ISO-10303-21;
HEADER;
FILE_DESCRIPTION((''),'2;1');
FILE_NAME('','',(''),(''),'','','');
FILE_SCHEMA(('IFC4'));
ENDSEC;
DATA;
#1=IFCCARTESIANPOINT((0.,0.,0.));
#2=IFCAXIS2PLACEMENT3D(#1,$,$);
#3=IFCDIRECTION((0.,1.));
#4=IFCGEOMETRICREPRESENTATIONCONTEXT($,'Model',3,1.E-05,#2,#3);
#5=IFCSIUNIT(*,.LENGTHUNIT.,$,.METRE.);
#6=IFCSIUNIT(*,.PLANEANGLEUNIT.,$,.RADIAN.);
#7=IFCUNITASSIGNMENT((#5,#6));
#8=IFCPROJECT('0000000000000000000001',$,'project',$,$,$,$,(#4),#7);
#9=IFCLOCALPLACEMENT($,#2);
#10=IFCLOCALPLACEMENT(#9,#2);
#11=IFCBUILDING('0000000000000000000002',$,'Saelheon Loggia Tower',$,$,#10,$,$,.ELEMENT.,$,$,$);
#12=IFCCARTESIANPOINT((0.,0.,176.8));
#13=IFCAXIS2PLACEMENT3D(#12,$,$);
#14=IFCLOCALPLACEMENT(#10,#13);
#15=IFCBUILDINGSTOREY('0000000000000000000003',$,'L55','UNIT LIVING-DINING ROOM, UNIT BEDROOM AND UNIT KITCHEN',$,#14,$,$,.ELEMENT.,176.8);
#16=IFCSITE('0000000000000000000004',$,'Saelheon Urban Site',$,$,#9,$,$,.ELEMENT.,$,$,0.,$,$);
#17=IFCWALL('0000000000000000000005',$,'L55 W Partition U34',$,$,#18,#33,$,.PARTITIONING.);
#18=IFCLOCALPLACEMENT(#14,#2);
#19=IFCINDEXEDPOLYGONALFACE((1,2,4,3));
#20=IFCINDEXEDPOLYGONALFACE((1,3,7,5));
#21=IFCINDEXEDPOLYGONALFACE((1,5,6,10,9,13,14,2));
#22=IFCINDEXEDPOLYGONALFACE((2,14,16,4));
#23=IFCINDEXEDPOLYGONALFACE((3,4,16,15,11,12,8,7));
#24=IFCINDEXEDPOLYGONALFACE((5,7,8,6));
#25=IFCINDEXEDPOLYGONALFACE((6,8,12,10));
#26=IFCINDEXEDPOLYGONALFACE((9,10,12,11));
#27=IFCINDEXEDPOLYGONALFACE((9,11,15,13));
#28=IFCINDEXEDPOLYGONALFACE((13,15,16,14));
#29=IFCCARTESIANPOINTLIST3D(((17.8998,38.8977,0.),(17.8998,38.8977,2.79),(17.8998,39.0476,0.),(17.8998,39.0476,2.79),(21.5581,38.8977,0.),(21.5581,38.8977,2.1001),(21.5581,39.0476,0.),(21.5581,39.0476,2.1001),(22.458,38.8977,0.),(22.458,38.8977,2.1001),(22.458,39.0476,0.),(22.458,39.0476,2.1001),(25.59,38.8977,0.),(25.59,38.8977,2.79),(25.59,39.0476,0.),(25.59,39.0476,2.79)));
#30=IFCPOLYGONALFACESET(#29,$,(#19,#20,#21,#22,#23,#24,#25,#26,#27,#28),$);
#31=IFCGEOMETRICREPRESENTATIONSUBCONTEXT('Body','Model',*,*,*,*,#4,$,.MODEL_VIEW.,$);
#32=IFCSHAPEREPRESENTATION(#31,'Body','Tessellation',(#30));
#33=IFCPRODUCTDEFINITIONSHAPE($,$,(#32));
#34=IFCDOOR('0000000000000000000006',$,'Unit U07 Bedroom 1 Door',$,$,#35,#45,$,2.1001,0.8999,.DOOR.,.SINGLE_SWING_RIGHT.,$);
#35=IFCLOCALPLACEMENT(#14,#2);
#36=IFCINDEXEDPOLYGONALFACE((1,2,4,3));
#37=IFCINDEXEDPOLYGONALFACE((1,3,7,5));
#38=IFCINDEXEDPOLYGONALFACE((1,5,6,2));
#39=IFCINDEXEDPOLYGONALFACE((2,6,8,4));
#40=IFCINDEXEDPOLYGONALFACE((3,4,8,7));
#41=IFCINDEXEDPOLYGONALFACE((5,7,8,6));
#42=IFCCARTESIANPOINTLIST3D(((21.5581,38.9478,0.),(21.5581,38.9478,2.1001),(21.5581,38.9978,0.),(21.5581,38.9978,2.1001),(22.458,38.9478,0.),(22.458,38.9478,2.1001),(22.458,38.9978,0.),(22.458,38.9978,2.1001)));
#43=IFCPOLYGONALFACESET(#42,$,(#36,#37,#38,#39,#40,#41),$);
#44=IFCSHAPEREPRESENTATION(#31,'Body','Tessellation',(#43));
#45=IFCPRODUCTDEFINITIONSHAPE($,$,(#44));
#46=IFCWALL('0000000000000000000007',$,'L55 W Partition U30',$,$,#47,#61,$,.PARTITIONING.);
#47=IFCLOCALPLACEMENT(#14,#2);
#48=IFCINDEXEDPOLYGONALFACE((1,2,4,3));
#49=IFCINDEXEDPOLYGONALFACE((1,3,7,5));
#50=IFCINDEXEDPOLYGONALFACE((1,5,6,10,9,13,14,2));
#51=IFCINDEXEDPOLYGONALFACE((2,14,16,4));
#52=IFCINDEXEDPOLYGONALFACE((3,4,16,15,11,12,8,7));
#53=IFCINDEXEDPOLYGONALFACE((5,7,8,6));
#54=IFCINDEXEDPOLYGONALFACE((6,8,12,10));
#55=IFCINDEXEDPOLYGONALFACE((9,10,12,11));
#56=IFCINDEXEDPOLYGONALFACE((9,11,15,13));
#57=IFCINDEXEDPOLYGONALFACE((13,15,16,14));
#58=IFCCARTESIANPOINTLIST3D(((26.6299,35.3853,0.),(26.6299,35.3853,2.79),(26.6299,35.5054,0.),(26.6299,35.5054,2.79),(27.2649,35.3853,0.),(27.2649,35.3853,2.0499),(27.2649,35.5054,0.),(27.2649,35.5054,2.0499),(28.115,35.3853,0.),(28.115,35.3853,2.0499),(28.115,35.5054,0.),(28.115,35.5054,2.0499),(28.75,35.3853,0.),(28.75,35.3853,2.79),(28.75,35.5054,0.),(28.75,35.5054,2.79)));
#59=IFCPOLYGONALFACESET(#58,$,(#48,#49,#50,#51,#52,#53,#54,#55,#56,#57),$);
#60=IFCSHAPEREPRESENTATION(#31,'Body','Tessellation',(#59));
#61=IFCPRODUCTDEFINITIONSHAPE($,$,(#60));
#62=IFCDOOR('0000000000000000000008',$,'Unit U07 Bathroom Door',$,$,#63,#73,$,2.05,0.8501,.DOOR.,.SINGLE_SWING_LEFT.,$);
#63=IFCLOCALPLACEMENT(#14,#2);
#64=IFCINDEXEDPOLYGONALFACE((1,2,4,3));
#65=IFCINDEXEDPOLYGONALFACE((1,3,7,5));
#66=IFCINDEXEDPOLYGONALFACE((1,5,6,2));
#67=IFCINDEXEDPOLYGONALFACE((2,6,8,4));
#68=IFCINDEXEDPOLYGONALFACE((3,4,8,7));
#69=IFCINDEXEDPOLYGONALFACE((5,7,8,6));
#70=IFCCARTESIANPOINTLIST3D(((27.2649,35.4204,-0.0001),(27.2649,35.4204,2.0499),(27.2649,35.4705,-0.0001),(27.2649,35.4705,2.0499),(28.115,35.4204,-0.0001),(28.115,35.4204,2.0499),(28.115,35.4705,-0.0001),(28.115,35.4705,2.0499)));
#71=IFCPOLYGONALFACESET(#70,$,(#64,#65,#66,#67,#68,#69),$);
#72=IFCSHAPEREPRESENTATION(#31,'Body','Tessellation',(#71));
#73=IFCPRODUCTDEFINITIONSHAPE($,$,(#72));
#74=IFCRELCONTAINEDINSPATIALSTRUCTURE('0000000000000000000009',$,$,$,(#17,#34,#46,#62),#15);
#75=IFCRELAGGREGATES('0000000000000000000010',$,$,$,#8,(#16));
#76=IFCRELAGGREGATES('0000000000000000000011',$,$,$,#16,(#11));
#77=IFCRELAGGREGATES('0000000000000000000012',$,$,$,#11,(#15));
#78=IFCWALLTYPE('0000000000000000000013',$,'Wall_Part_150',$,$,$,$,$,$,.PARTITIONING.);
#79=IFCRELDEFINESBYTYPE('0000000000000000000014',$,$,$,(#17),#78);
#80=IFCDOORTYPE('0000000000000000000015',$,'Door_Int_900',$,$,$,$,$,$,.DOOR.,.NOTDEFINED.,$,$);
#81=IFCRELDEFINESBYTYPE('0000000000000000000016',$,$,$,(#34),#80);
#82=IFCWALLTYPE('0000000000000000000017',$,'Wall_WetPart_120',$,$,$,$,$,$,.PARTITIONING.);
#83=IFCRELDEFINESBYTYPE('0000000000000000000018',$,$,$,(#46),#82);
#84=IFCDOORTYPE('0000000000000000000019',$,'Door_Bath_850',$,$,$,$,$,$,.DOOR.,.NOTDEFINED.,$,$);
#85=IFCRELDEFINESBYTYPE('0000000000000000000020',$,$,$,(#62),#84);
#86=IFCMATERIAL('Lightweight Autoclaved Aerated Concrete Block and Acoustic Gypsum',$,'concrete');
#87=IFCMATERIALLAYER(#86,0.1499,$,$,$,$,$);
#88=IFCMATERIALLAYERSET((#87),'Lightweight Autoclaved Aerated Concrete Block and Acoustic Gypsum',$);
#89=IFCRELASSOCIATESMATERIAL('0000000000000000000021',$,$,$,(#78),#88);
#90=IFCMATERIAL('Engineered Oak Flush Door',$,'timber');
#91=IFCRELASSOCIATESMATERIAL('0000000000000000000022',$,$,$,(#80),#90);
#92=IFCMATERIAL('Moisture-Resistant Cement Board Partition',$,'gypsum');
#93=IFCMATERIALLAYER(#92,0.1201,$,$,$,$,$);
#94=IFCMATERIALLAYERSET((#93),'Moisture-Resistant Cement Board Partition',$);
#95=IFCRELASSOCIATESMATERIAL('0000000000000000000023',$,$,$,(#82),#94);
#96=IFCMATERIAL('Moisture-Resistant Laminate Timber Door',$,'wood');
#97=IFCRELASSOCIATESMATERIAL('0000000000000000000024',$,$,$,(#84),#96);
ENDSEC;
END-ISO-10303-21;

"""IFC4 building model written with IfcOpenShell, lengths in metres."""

from ifc_helpers import new_model, si_unit, direction, frame, frame_2d, origin, place, context, subcontext, project, spatial, rectangle, extrude, source, transform, mapped, material, layer, layer_set, type_object, element, fill, save


model = new_model("IFC4")

# Units and contexts
model_context = context("Model", 3, precision=1e-05, world=origin(), true_north=direction((0.0, 1.0)))
body_context = subcontext(model_context, "Body", "Model", "MODEL_VIEW")
ifc_project = project(units=[si_unit("LENGTHUNIT", "METRE"), si_unit("PLANEANGLEUNIT", "RADIAN")], contexts=[model_context])

# Site, building, storey
site_placement = place(None, origin())
site = spatial("IfcSite", under=ifc_project, at=site_placement, Name="Saelheon Urban Site", CompositionType="ELEMENT", RefElevation=0.0)
building_placement = place(site_placement, origin())
building = spatial("IfcBuilding", under=site, at=building_placement, Name="Saelheon Loggia Tower", CompositionType="ELEMENT")
storey_placement = place(building_placement, frame((0.0, 0.0, 176.8)))
storey = spatial("IfcBuildingStorey", under=building, at=storey_placement, Name="L55", Description="UNIT LIVING-DINING ROOM, UNIT BEDROOM AND UNIT KITCHEN", CompositionType="ELEMENT", Elevation=176.8)

# Shared definitions
ifc_material_1 = material(Name="Lightweight Autoclaved Aerated Concrete Block and Acoustic Gypsum", Category="concrete")
ifc_layer_1 = layer(ifc_material_1, 0.1499)
ifc_layer_set_1 = layer_set([ifc_layer_1], Name="Lightweight Autoclaved Aerated Concrete Block and Acoustic Gypsum")
wall_type_1 = type_object("IfcWallType", Name="Wall_Part_150", PredefinedType="PARTITIONING", material=ifc_layer_set_1)

# Walls, openings, doors
wall_1_placement = place(storey_placement, frame((25.5901, 38.9727, 0.0), z_axis=(0.0, 0.0, 1.0), x_axis=(-1.0, 0.0, 0.0)))
wall_1 = element("IfcWall", 1, at=wall_1_placement, inside=storey, type_object=wall_type_1, Name="L55 W Partition U34", PredefinedType="PARTITIONING", context=body_context, shape_type="SweptSolid", body=[
    extrude(rectangle(XDim=7.6902, YDim=0.1499, at=frame_2d((3.8452, 0.0))), origin(), (0.0, 0.0, 1.0), 2.79),
])
opening_1_placement = place(wall_1_placement, frame((3.1321, 0.0, 0.0)))
opening_1 = element("IfcOpeningElement", 2, at=opening_1_placement, cuts=wall_1, PredefinedType="OPENING", context=body_context, shape_type="SweptSolid", body=[
    extrude(rectangle(XDim=0.8999, YDim=2.1001, at=frame_2d((0.45, 1.05))), frame((0.0, 0.0869, 0.0), z_axis=(0.0, -1.0, 0.0), x_axis=(1.0, 0.0, 0.0)), (0.0, 0.0, 1.0), 0.1738),
])
ifc_material_2 = material(Name="Engineered Oak Flush Door", Category="timber")
door_type_1 = type_object("IfcDoorType", Name="Door_Int_900", OperationType="NOTDEFINED", PredefinedType="DOOR", material=ifc_material_2)
shared_shape_1 = source(origin(), body_context, "Body", "SweptSolid", [
    extrude(rectangle(XDim=0.8999, YDim=2.1001, at=frame_2d((0.45, 1.05))), frame((0.0, 0.0249, 0.0), z_axis=(0.0, -1.0, 0.0), x_axis=(1.0, 0.0, 0.0)), (0.0, 0.0, 1.0), 0.05),
])
door_1_placement = place(opening_1_placement, origin())
door_1 = element("IfcDoor", 3, at=door_1_placement, inside=storey, type_object=door_type_1, Name="Unit U07 Bedroom 1 Door", OperationType="SINGLE_SWING_RIGHT", OverallHeight=2.1001, OverallWidth=0.8999, PredefinedType="DOOR", context=body_context, shape_type="MappedRepresentation", body=[
    mapped(shared_shape_1, transform((0.0, 0.0, 0.0), scale=1.0)),
])
fill(opening_1, door_1)
ifc_material_3 = material(Name="Moisture-Resistant Cement Board Partition", Category="gypsum")
ifc_layer_2 = layer(ifc_material_3, 0.1201)
ifc_layer_set_2 = layer_set([ifc_layer_2], Name="Moisture-Resistant Cement Board Partition")
wall_type_2 = type_object("IfcWallType", Name="Wall_WetPart_120", PredefinedType="PARTITIONING", material=ifc_layer_set_2)
wall_2_placement = place(storey_placement, frame((28.75, 35.4453, 0.0), z_axis=(0.0, 0.0, 1.0), x_axis=(-1.0, 0.0, 0.0)))
wall_2 = element("IfcWall", 4, at=wall_2_placement, inside=storey, type_object=wall_type_2, Name="L55 W Partition U30", PredefinedType="PARTITIONING", context=body_context, shape_type="SweptSolid", body=[
    extrude(rectangle(XDim=2.1201, YDim=0.1201, at=frame_2d((1.0601, 0.0))), origin(), (0.0, 0.0, 1.0), 2.79),
])
opening_2_placement = place(wall_2_placement, frame((0.635, 0.0, 0.0)))
opening_2 = element("IfcOpeningElement", 5, at=opening_2_placement, cuts=wall_2, PredefinedType="OPENING", context=body_context, shape_type="SweptSolid", body=[
    extrude(rectangle(XDim=0.8501, YDim=2.05, at=frame_2d((0.425, 1.0249))), frame((0.0, 0.072, 0.0), z_axis=(0.0, -1.0, 0.0), x_axis=(1.0, 0.0, 0.0)), (0.0, 0.0, 1.0), 0.144),
])
ifc_material_4 = material(Name="Moisture-Resistant Laminate Timber Door", Category="wood")
door_type_2 = type_object("IfcDoorType", Name="Door_Bath_850", OperationType="NOTDEFINED", PredefinedType="DOOR", material=ifc_material_4)
shared_shape_2 = source(origin(), body_context, "Body", "SweptSolid", [
    extrude(rectangle(XDim=0.8501, YDim=2.05, at=frame_2d((0.425, 1.0249))), frame((0.0, 0.0249, 0.0), z_axis=(0.0, -1.0, 0.0), x_axis=(1.0, 0.0, 0.0)), (0.0, 0.0, 1.0), 0.05),
])
door_2_placement = place(opening_2_placement, origin())
door_2 = element("IfcDoor", 6, at=door_2_placement, inside=storey, type_object=door_type_2, Name="Unit U07 Bathroom Door", OperationType="SINGLE_SWING_LEFT", OverallHeight=2.05, OverallWidth=0.8501, PredefinedType="DOOR", context=body_context, shape_type="MappedRepresentation", body=[
    mapped(shared_shape_2, transform((0.0, 0.0, 0.0), scale=1.0)),
])
fill(opening_2, door_2)

save(model, "model.ifc")
